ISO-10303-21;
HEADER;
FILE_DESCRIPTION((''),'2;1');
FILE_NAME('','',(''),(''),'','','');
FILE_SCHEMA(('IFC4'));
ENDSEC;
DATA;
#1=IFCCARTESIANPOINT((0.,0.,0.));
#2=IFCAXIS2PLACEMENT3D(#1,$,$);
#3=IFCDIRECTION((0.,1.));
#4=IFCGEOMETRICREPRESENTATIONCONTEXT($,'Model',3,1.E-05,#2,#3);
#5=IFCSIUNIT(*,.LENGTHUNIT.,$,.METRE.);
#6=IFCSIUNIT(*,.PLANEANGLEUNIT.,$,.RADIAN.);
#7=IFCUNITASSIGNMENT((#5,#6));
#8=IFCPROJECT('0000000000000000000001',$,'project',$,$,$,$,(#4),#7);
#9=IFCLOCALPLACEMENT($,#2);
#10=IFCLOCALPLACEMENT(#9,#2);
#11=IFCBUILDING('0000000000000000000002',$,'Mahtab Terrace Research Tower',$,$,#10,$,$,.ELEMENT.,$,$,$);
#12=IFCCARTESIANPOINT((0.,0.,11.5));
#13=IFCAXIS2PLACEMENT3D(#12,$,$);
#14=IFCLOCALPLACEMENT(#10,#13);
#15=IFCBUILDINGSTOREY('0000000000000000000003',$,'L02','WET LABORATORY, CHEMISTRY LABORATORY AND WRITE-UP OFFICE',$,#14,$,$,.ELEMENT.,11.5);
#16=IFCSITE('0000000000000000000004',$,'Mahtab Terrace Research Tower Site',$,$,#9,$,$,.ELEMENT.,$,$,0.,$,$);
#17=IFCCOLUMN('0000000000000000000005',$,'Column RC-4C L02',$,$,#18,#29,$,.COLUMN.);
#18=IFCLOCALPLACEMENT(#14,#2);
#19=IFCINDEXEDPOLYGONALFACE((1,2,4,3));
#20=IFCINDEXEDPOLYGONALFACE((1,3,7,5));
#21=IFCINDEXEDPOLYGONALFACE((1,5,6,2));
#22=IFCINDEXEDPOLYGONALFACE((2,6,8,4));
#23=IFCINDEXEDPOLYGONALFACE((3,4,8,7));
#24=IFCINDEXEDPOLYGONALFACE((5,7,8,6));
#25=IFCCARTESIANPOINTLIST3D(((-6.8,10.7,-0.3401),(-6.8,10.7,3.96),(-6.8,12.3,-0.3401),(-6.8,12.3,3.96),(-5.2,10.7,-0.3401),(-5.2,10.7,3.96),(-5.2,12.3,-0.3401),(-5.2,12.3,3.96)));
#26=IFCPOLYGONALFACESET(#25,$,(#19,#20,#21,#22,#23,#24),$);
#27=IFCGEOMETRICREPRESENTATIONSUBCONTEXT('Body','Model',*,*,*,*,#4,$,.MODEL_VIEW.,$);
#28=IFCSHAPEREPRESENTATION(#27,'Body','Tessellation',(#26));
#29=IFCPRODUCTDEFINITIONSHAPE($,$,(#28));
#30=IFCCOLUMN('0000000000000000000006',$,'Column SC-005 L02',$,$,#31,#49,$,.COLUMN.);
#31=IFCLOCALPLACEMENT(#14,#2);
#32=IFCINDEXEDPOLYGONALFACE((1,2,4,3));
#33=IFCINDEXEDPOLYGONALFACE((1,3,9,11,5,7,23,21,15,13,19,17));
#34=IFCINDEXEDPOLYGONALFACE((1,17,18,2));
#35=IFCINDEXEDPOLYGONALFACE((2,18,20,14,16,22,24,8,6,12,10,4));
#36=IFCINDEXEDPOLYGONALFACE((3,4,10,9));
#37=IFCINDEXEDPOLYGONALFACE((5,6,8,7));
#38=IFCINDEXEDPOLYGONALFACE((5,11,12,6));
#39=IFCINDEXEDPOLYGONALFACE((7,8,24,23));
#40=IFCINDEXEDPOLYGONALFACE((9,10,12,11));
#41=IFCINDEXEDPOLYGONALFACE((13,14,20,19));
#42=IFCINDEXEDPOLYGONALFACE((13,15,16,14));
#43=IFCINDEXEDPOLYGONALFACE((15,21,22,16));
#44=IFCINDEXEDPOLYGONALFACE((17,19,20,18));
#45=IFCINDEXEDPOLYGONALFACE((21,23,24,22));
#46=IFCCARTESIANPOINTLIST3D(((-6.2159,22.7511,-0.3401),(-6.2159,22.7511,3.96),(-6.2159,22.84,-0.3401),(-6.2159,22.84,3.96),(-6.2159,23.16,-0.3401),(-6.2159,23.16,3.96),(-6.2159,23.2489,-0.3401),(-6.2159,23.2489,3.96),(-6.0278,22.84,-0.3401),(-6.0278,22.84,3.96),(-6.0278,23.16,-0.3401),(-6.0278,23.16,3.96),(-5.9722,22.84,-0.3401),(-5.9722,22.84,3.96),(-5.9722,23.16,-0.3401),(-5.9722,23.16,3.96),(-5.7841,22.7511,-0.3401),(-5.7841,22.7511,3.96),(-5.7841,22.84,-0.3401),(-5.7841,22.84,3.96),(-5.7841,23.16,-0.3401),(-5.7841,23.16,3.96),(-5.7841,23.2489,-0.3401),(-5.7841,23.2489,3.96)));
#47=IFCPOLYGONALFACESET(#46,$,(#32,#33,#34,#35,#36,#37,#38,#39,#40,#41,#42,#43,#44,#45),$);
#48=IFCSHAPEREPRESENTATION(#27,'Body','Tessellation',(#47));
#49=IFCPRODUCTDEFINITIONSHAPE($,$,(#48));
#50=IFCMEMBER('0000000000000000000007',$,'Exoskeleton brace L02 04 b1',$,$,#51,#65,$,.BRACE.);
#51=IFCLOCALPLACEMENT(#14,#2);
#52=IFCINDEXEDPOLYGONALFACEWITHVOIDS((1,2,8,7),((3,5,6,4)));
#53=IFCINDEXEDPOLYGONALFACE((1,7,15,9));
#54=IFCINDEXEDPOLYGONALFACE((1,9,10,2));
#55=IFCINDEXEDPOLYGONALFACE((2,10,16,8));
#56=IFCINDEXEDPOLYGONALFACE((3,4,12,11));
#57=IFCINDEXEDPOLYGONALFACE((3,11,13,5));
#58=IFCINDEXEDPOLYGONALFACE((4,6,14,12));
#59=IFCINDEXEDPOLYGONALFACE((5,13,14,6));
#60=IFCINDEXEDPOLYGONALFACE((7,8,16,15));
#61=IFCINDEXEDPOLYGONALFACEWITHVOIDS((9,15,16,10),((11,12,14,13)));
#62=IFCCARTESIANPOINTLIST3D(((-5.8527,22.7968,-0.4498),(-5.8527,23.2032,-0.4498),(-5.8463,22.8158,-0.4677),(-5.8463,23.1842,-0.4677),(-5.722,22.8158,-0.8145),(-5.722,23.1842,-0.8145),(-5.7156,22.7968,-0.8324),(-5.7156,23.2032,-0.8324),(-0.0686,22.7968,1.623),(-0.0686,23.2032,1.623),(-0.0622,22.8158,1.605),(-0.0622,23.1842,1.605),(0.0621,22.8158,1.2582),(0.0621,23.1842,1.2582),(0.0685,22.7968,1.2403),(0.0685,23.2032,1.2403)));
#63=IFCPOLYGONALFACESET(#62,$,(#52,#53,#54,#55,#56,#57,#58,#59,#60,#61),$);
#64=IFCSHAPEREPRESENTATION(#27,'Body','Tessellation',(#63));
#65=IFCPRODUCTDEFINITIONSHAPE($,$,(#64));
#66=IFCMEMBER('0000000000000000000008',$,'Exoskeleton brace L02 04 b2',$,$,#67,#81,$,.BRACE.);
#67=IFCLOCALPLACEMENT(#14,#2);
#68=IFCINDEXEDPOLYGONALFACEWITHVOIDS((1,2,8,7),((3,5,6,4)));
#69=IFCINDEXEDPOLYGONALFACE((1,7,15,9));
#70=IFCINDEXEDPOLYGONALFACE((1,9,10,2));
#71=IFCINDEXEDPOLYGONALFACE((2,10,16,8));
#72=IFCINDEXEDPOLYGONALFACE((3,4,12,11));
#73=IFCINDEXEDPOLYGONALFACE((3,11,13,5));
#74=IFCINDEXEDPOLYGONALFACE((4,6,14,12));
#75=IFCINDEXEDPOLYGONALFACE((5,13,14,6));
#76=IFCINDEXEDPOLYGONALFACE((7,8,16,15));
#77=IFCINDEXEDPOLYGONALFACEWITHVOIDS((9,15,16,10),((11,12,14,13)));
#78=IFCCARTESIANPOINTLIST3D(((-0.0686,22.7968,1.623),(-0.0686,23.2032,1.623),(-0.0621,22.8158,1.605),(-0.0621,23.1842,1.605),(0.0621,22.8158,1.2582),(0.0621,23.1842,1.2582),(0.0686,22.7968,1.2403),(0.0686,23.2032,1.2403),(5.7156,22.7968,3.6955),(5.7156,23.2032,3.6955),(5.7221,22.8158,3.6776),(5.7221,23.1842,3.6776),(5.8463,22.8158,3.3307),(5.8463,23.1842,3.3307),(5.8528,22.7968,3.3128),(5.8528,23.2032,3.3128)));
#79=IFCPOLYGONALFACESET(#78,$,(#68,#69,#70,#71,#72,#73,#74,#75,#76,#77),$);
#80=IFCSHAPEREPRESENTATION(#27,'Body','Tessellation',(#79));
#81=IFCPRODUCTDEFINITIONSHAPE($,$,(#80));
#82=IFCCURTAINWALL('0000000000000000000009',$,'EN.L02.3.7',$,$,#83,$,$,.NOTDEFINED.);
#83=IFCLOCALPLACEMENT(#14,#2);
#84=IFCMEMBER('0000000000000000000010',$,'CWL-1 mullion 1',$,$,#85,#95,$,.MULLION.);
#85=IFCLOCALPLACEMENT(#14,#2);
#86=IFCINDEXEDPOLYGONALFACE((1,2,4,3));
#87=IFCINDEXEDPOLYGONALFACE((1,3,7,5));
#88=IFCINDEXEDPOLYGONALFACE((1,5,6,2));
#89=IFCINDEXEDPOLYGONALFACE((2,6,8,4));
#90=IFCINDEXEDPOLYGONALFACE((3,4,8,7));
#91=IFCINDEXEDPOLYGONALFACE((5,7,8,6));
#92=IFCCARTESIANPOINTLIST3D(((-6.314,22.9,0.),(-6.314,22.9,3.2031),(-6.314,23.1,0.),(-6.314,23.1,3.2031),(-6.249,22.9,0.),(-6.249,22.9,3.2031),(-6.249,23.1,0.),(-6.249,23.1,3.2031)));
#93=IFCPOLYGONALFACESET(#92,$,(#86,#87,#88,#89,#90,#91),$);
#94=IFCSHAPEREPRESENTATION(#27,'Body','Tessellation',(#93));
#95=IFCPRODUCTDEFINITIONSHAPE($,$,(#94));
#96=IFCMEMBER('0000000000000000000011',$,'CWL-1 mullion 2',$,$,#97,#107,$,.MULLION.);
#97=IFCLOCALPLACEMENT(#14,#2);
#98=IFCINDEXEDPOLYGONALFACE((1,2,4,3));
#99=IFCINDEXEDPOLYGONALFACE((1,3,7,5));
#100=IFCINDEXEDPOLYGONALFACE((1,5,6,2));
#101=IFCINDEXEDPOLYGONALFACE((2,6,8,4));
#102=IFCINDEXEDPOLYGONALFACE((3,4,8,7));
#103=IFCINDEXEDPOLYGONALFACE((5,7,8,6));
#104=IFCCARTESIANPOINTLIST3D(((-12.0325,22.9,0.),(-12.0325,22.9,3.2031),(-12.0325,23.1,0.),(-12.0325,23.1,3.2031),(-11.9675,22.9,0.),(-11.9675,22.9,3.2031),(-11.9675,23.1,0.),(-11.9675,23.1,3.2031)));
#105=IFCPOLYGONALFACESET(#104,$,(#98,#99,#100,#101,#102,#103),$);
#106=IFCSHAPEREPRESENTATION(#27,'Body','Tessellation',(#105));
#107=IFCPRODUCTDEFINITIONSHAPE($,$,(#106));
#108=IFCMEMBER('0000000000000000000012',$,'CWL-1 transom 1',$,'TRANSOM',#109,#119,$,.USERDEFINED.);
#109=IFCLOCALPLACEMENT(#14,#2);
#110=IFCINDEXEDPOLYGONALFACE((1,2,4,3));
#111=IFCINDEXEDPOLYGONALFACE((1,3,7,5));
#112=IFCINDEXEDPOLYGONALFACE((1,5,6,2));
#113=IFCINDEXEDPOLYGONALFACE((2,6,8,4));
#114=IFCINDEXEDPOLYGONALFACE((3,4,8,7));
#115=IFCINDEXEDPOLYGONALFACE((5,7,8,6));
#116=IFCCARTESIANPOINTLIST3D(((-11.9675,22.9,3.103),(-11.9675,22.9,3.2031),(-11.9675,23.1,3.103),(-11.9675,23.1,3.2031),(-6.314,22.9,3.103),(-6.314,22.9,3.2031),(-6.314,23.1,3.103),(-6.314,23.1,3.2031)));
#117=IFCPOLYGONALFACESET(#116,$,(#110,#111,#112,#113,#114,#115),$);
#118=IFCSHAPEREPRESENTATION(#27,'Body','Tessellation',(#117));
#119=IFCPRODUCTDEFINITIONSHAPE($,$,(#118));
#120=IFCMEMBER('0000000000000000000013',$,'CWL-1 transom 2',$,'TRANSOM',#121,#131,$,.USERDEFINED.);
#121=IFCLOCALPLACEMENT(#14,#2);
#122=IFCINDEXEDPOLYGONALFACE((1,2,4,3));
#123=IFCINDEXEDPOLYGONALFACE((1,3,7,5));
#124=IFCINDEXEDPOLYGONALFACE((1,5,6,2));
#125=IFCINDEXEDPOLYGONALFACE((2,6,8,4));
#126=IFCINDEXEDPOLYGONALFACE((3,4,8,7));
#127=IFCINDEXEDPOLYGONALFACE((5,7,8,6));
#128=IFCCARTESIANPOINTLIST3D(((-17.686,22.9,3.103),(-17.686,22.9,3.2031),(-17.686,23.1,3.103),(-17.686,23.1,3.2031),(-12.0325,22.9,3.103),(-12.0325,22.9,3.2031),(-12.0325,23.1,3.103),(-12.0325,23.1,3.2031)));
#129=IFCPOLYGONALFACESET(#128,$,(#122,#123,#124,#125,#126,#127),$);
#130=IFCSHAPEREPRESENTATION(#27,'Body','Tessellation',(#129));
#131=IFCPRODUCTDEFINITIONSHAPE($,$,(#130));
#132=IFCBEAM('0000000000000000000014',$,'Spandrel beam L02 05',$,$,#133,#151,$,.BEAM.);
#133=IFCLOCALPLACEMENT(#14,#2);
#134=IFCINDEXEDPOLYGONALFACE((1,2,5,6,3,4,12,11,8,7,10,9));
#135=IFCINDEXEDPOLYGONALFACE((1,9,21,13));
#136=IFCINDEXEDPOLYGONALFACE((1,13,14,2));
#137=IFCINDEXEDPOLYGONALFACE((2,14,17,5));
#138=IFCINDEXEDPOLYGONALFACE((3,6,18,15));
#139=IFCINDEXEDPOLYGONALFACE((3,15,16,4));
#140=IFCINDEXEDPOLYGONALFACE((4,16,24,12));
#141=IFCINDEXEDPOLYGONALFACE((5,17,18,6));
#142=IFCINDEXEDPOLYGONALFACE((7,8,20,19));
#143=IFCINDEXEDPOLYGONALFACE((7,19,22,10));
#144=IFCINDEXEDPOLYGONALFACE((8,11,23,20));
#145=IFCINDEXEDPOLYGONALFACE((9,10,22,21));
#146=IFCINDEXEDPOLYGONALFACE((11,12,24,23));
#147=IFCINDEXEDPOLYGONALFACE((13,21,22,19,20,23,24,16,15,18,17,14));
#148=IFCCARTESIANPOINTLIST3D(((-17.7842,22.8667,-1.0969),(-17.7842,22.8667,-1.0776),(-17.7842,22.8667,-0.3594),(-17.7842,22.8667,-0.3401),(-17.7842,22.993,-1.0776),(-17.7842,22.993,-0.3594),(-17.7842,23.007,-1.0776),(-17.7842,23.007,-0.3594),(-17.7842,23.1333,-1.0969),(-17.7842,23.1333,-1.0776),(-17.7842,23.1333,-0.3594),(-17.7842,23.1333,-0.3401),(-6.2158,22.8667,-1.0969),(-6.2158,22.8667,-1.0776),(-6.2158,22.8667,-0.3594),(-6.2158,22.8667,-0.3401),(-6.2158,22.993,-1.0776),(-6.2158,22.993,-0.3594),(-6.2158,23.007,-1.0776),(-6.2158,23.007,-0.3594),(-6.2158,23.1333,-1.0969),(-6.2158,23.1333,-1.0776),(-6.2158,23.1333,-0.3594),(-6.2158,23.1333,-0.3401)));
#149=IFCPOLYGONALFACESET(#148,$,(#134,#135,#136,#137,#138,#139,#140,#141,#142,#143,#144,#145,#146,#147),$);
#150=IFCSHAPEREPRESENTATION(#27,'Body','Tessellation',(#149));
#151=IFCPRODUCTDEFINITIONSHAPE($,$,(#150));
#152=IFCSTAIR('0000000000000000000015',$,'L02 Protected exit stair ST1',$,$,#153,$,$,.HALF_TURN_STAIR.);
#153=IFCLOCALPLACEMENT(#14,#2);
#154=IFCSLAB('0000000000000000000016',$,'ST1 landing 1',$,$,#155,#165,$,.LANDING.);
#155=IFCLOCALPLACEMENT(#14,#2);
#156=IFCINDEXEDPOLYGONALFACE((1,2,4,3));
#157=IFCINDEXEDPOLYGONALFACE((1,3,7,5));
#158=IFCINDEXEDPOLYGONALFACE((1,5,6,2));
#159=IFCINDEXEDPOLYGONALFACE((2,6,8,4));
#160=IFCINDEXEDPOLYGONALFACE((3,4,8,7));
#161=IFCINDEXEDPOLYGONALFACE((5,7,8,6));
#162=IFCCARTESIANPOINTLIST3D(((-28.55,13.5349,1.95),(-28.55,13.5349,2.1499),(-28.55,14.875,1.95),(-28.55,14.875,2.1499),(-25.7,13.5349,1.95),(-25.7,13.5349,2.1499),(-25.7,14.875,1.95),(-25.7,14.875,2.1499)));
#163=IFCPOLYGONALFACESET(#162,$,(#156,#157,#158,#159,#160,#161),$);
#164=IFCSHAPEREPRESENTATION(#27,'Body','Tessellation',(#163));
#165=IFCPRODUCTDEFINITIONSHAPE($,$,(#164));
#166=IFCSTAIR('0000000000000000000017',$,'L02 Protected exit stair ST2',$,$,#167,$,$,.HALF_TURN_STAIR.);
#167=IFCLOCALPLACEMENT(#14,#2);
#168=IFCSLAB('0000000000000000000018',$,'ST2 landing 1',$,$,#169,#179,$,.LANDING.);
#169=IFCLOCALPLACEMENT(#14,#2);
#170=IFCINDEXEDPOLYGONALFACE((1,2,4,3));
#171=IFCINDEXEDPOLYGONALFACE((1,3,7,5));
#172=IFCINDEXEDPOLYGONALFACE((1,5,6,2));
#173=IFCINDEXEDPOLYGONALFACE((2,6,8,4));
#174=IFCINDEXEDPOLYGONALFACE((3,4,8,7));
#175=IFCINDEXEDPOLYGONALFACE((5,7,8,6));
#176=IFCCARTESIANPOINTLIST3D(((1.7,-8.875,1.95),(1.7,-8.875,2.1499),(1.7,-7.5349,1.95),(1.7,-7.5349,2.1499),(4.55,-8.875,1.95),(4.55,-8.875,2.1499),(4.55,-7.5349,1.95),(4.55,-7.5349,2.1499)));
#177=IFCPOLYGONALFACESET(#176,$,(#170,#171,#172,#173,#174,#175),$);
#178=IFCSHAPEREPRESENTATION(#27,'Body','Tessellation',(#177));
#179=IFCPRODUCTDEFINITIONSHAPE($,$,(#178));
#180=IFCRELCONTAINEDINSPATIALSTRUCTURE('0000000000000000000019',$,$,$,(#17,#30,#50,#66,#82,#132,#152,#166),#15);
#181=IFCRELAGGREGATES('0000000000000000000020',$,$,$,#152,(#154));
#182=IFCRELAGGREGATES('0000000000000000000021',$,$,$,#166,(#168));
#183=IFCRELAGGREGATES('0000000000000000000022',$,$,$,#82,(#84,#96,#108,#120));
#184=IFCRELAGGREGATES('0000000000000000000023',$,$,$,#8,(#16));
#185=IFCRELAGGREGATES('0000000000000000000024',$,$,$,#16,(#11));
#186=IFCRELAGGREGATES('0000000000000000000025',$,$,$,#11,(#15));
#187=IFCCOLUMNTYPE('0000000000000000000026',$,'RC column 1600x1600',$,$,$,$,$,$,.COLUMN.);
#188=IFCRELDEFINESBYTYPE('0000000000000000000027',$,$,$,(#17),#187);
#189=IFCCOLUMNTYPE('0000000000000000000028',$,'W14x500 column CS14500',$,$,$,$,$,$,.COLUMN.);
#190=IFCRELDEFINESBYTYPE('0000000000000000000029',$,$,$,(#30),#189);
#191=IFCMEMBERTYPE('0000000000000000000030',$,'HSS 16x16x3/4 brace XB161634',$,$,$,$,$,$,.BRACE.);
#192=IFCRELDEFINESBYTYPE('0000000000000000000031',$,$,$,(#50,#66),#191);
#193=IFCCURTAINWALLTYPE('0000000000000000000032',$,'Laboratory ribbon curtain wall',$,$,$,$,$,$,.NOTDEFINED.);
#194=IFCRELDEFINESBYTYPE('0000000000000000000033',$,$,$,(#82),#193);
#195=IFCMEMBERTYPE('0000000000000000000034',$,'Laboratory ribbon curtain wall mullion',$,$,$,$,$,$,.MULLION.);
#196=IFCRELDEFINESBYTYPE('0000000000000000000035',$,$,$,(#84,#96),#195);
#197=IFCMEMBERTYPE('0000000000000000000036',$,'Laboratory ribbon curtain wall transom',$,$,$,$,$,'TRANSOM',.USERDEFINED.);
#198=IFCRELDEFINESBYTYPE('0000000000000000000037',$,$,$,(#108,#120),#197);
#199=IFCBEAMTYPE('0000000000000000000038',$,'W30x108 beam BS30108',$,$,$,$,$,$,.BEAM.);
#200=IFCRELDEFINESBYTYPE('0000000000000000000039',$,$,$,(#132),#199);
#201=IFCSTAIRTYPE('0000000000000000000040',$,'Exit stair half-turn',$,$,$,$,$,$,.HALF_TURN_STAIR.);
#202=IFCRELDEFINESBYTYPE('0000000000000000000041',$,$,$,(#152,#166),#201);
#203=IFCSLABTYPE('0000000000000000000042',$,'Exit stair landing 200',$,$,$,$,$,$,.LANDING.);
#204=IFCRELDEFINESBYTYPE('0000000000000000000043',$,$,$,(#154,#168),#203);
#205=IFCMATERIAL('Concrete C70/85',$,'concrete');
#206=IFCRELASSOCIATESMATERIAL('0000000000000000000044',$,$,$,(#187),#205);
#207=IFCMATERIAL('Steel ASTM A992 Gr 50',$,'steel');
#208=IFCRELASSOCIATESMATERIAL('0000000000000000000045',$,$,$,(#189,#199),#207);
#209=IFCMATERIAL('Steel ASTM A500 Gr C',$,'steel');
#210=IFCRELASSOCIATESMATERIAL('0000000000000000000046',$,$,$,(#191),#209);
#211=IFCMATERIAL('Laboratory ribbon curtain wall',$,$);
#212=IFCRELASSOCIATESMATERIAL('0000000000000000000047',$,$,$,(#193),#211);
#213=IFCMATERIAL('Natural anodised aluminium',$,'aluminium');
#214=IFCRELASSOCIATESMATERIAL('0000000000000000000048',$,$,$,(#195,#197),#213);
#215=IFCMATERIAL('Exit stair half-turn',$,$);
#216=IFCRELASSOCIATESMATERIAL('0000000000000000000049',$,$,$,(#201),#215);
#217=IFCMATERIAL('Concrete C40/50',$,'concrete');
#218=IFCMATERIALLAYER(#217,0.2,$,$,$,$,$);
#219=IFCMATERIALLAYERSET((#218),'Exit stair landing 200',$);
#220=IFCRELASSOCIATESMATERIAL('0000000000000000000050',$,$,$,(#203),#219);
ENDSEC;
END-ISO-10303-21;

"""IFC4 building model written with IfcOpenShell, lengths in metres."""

from ifc_helpers import new_model, si_unit, direction, frame, origin, origin_2d, place, context, subcontext, project, spatial, polyline, rectangle, hollow_rectangle, i_section, outline, extrude, material, layer, layer_set, material_profile, profile_set, type_object, element, aggregate, save


model = new_model("IFC4")

# Units and contexts
model_context = context("Model", 3, precision=1e-05, world=origin(), true_north=direction((0.0, 1.0)))
body_context = subcontext(model_context, "Body", "Model", "MODEL_VIEW")
ifc_project = project(units=[si_unit("LENGTHUNIT", "METRE"), si_unit("PLANEANGLEUNIT", "RADIAN")], contexts=[model_context])

# Site, building, storey
site_placement = place(None, origin())
site = spatial("IfcSite", under=ifc_project, at=site_placement, Name="Mahtab Terrace Research Tower Site", CompositionType="ELEMENT", RefElevation=0.0)
building_placement = place(site_placement, origin())
building = spatial("IfcBuilding", under=site, at=building_placement, Name="Mahtab Terrace Research Tower", CompositionType="ELEMENT")
storey_placement = place(building_placement, frame((0.0, 0.0, 11.5)))
storey = spatial("IfcBuildingStorey", under=building, at=storey_placement, Name="L02", Description="WET LABORATORY, CHEMISTRY LABORATORY AND WRITE-UP OFFICE", CompositionType="ELEMENT", Elevation=11.5)

# Columns
ifc_material_1 = material(Name="Concrete C70/85", Category="concrete")
ifc_material_profile_1 = material_profile(ifc_material_1, rectangle(XDim=1.6001, YDim=1.6001, at=origin_2d()), Name="RC column 1600x1600")
ifc_profile_set_1 = profile_set([ifc_material_profile_1], Name="Concrete C70/85")
column_type_1 = type_object("IfcColumnType", Name="RC column 1600x1600", PredefinedType="COLUMN", material=ifc_profile_set_1)
column_1_placement = place(storey_placement, frame((-6.0, 11.5, -0.3401), z_axis=(0.0, 0.0, 1.0), x_axis=(1.0, 0.0, 0.0)))
element("IfcColumn", 1, at=column_1_placement, inside=storey, type_object=column_type_1, Name="Column RC-4C L02", PredefinedType="COLUMN", context=body_context, shape_type="SweptSolid", body=[
    extrude(rectangle(XDim=1.6001, YDim=1.6001, at=origin_2d()), origin(), (0.0, 0.0, 1.0), 4.3),
])
ifc_material_2 = material(Name="Steel ASTM A992 Gr 50", Category="steel")
ifc_material_profile_2 = material_profile(ifc_material_2, i_section(OverallWidth=0.4319, OverallDepth=0.4978, WebThickness=0.0557, FlangeThickness=0.0889, at=origin_2d()), Name="W14X500")
ifc_profile_set_2 = profile_set([ifc_material_profile_2], Name="Steel ASTM A992 Gr 50")
column_type_2 = type_object("IfcColumnType", Name="W14x500 column CS14500", PredefinedType="COLUMN", material=ifc_profile_set_2)
column_2_placement = place(storey_placement, frame((-6.0, 23.0, -0.3401), z_axis=(0.0, 0.0, 1.0), x_axis=(1.0, 0.0, 0.0)))
element("IfcColumn", 2, at=column_2_placement, inside=storey, type_object=column_type_2, Name="Column SC-005 L02", PredefinedType="COLUMN", context=body_context, shape_type="SweptSolid", body=[
    extrude(i_section(OverallWidth=0.4319, OverallDepth=0.4978, WebThickness=0.0557, FlangeThickness=0.0889, at=origin_2d()), origin(), (0.0, 0.0, 1.0), 4.3),
])

# Members
ifc_material_3 = material(Name="Steel ASTM A500 Gr C", Category="steel")
ifc_material_profile_3 = material_profile(ifc_material_3, hollow_rectangle(XDim=0.4065, YDim=0.4065, WallThickness=0.019, at=origin_2d()), Name="HSS16X16X3/4")
ifc_profile_set_3 = profile_set([ifc_material_profile_3], Name="Steel ASTM A500 Gr C")
member_type_1 = type_object("IfcMemberType", Name="HSS 16x16x3/4 brace XB161634", PredefinedType="BRACE", material=ifc_profile_set_3)
for number, where, z_axis, x_axis, name in (
    (3, (-5.7842, 23.0, -0.6411), (0.941382, 0.0, 0.337343), (0.0, 1.0, 0.0), "Exoskeleton brace L02 04 b1"),
    (4, (0.0, 23.0, 1.4316), (0.941394, 0.0, 0.337308), (0.0, 1.0, 0.0), "Exoskeleton brace L02 04 b2"),
):
    element("IfcMember", number, at=place(storey_placement, frame(where, z_axis=z_axis, x_axis=x_axis)), inside=storey, type_object=member_type_1, Name=name, PredefinedType="BRACE", context=body_context, shape_type="SweptSolid", body=[
        extrude(hollow_rectangle(XDim=0.4065, YDim=0.4065, WallThickness=0.019, at=origin_2d()), origin(), (0.0, 0.0, 1.0), 6.1443),
    ])

# Curtain wall, members
ifc_material_4 = material(Name="Laboratory ribbon curtain wall")
curtain_wall_type = type_object("IfcCurtainWallType", Name="Laboratory ribbon curtain wall", PredefinedType="NOTDEFINED", material=ifc_material_4)
curtain_wall_placement = place(storey_placement, origin())
curtain_wall = element("IfcCurtainWall", 5, at=curtain_wall_placement, inside=storey, type_object=curtain_wall_type, Name="EN.L02.3.7", PredefinedType="NOTDEFINED")
ifc_material_5 = material(Name="Natural anodised aluminium", Category="aluminium")
ifc_material_profile_4 = material_profile(ifc_material_5, rectangle(XDim=0.2, YDim=0.0649, at=origin_2d()), Name="MULLION 65x200")
ifc_profile_set_4 = profile_set([ifc_material_profile_4], Name="Natural anodised aluminium")
member_type_2 = type_object("IfcMemberType", Name="Laboratory ribbon curtain wall mullion", PredefinedType="MULLION", material=ifc_profile_set_4)
member_1_placement = place(storey_placement, frame((-6.2815, 23.0, 0.0), z_axis=(0.0, 0.0, 1.0), x_axis=(0.0, -1.0, 0.0)))
member_1 = element("IfcMember", 6, at=member_1_placement, type_object=member_type_2, Name="CWL-1 mullion 1", PredefinedType="MULLION", context=body_context, shape_type="SweptSolid", body=[
    extrude(rectangle(XDim=0.2, YDim=0.0649, at=origin_2d()), origin(), (0.0, 0.0, 1.0), 3.2031),
])
member_2_placement = place(storey_placement, frame((-12.0, 23.0, 0.0), z_axis=(0.0, 0.0, 1.0), x_axis=(0.0, -1.0, 0.0)))
member_2 = element("IfcMember", 7, at=member_2_placement, type_object=member_type_2, Name="CWL-1 mullion 2", PredefinedType="MULLION", context=body_context, shape_type="SweptSolid", body=[
    extrude(rectangle(XDim=0.2, YDim=0.0649, at=origin_2d()), origin(), (0.0, 0.0, 1.0), 3.2031),
])
ifc_material_profile_5 = material_profile(ifc_material_5, rectangle(XDim=0.2, YDim=0.1001, at=origin_2d()), Name="TRANSOM 100x200")
ifc_profile_set_5 = profile_set([ifc_material_profile_5], Name="Natural anodised aluminium")
member_type_3 = type_object("IfcMemberType", Name="Laboratory ribbon curtain wall transom", ElementType="TRANSOM", PredefinedType="USERDEFINED", material=ifc_profile_set_5)
member_3_placement = place(storey_placement, frame((-6.314, 23.0, 3.1531), z_axis=(-1.0, 0.0, 0.0), x_axis=(0.0, -1.0, 0.0)))
member_3 = element("IfcMember", 8, at=member_3_placement, type_object=member_type_3, Name="CWL-1 transom 1", ObjectType="TRANSOM", PredefinedType="USERDEFINED", context=body_context, shape_type="SweptSolid", body=[
    extrude(rectangle(XDim=0.2, YDim=0.1001, at=origin_2d()), origin(), (0.0, 0.0, 1.0), 5.6536),
])
member_4_placement = place(storey_placement, frame((-12.0325, 23.0, 3.1531), z_axis=(-1.0, 0.0, 0.0), x_axis=(0.0, -1.0, 0.0)))
member_4 = element("IfcMember", 9, at=member_4_placement, type_object=member_type_3, Name="CWL-1 transom 2", ObjectType="TRANSOM", PredefinedType="USERDEFINED", context=body_context, shape_type="SweptSolid", body=[
    extrude(rectangle(XDim=0.2, YDim=0.1001, at=origin_2d()), origin(), (0.0, 0.0, 1.0), 5.6536),
])

# Beam
ifc_material_profile_6 = material_profile(ifc_material_2, i_section(OverallWidth=0.2666, OverallDepth=0.7568, WebThickness=0.0139, FlangeThickness=0.0193, at=origin_2d()), Name="W30X108")
ifc_profile_set_6 = profile_set([ifc_material_profile_6], Name="Steel ASTM A992 Gr 50")
beam_type = type_object("IfcBeamType", Name="W30x108 beam BS30108", PredefinedType="BEAM", material=ifc_profile_set_6)
beam_placement = place(storey_placement, frame((-6.2158, 23.0, -0.7185), z_axis=(-1.0, 0.0, 0.0), x_axis=(0.0, -1.0, 0.0)))
element("IfcBeam", 10, at=beam_placement, inside=storey, type_object=beam_type, Name="Spandrel beam L02 05", PredefinedType="BEAM", context=body_context, shape_type="SweptSolid", body=[
    extrude(i_section(OverallWidth=0.2666, OverallDepth=0.7568, WebThickness=0.0139, FlangeThickness=0.0193, at=origin_2d()), origin(), (0.0, 0.0, 1.0), 11.5684),
])

# Stairs, slabs
ifc_material_6 = material(Name="Exit stair half-turn")
stair_type = type_object("IfcStairType", Name="Exit stair half-turn", PredefinedType="HALF_TURN_STAIR", material=ifc_material_6)
stair_1_placement = place(storey_placement, origin())
stair_1 = element("IfcStair", 11, at=stair_1_placement, inside=storey, type_object=stair_type, Name="L02 Protected exit stair ST1", PredefinedType="HALF_TURN_STAIR")
ifc_material_7 = material(Name="Concrete C40/50", Category="concrete")
ifc_layer_1 = layer(ifc_material_7, 0.2)
ifc_layer_set_1 = layer_set([ifc_layer_1], Name="Exit stair landing 200")
slab_type = type_object("IfcSlabType", Name="Exit stair landing 200", PredefinedType="LANDING", material=ifc_layer_set_1)
slab_1_placement = place(storey_placement, frame((0.0, 0.0, 1.95)))
slab_1 = element("IfcSlab", 12, at=slab_1_placement, type_object=slab_type, Name="ST1 landing 1", PredefinedType="LANDING", context=body_context, shape_type="SweptSolid", body=[
    extrude(outline(polyline([(-25.7, 13.5349), (-25.7, 14.875), (-28.55, 14.875), (-28.55, 13.5349), (-25.7, 13.5349)])), origin(), (0.0, 0.0, 1.0), 0.2),
])
aggregate(stair_1, [slab_1])
stair_2_placement = place(storey_placement, origin())
stair_2 = element("IfcStair", 13, at=stair_2_placement, inside=storey, type_object=stair_type, Name="L02 Protected exit stair ST2", PredefinedType="HALF_TURN_STAIR")
slab_2_placement = place(storey_placement, frame((0.0, 0.0, 1.95)))
slab_2 = element("IfcSlab", 14, at=slab_2_placement, type_object=slab_type, Name="ST2 landing 1", PredefinedType="LANDING", context=body_context, shape_type="SweptSolid", body=[
    extrude(outline(polyline([(1.7, -7.5349), (1.7, -8.875), (4.55, -8.875), (4.55, -7.5349), (1.7, -7.5349)])), origin(), (0.0, 0.0, 1.0), 0.2),
])
aggregate(stair_2, [slab_2])

aggregate(curtain_wall, [member_1, member_2, member_3, member_4])

save(model, "model.ifc")
